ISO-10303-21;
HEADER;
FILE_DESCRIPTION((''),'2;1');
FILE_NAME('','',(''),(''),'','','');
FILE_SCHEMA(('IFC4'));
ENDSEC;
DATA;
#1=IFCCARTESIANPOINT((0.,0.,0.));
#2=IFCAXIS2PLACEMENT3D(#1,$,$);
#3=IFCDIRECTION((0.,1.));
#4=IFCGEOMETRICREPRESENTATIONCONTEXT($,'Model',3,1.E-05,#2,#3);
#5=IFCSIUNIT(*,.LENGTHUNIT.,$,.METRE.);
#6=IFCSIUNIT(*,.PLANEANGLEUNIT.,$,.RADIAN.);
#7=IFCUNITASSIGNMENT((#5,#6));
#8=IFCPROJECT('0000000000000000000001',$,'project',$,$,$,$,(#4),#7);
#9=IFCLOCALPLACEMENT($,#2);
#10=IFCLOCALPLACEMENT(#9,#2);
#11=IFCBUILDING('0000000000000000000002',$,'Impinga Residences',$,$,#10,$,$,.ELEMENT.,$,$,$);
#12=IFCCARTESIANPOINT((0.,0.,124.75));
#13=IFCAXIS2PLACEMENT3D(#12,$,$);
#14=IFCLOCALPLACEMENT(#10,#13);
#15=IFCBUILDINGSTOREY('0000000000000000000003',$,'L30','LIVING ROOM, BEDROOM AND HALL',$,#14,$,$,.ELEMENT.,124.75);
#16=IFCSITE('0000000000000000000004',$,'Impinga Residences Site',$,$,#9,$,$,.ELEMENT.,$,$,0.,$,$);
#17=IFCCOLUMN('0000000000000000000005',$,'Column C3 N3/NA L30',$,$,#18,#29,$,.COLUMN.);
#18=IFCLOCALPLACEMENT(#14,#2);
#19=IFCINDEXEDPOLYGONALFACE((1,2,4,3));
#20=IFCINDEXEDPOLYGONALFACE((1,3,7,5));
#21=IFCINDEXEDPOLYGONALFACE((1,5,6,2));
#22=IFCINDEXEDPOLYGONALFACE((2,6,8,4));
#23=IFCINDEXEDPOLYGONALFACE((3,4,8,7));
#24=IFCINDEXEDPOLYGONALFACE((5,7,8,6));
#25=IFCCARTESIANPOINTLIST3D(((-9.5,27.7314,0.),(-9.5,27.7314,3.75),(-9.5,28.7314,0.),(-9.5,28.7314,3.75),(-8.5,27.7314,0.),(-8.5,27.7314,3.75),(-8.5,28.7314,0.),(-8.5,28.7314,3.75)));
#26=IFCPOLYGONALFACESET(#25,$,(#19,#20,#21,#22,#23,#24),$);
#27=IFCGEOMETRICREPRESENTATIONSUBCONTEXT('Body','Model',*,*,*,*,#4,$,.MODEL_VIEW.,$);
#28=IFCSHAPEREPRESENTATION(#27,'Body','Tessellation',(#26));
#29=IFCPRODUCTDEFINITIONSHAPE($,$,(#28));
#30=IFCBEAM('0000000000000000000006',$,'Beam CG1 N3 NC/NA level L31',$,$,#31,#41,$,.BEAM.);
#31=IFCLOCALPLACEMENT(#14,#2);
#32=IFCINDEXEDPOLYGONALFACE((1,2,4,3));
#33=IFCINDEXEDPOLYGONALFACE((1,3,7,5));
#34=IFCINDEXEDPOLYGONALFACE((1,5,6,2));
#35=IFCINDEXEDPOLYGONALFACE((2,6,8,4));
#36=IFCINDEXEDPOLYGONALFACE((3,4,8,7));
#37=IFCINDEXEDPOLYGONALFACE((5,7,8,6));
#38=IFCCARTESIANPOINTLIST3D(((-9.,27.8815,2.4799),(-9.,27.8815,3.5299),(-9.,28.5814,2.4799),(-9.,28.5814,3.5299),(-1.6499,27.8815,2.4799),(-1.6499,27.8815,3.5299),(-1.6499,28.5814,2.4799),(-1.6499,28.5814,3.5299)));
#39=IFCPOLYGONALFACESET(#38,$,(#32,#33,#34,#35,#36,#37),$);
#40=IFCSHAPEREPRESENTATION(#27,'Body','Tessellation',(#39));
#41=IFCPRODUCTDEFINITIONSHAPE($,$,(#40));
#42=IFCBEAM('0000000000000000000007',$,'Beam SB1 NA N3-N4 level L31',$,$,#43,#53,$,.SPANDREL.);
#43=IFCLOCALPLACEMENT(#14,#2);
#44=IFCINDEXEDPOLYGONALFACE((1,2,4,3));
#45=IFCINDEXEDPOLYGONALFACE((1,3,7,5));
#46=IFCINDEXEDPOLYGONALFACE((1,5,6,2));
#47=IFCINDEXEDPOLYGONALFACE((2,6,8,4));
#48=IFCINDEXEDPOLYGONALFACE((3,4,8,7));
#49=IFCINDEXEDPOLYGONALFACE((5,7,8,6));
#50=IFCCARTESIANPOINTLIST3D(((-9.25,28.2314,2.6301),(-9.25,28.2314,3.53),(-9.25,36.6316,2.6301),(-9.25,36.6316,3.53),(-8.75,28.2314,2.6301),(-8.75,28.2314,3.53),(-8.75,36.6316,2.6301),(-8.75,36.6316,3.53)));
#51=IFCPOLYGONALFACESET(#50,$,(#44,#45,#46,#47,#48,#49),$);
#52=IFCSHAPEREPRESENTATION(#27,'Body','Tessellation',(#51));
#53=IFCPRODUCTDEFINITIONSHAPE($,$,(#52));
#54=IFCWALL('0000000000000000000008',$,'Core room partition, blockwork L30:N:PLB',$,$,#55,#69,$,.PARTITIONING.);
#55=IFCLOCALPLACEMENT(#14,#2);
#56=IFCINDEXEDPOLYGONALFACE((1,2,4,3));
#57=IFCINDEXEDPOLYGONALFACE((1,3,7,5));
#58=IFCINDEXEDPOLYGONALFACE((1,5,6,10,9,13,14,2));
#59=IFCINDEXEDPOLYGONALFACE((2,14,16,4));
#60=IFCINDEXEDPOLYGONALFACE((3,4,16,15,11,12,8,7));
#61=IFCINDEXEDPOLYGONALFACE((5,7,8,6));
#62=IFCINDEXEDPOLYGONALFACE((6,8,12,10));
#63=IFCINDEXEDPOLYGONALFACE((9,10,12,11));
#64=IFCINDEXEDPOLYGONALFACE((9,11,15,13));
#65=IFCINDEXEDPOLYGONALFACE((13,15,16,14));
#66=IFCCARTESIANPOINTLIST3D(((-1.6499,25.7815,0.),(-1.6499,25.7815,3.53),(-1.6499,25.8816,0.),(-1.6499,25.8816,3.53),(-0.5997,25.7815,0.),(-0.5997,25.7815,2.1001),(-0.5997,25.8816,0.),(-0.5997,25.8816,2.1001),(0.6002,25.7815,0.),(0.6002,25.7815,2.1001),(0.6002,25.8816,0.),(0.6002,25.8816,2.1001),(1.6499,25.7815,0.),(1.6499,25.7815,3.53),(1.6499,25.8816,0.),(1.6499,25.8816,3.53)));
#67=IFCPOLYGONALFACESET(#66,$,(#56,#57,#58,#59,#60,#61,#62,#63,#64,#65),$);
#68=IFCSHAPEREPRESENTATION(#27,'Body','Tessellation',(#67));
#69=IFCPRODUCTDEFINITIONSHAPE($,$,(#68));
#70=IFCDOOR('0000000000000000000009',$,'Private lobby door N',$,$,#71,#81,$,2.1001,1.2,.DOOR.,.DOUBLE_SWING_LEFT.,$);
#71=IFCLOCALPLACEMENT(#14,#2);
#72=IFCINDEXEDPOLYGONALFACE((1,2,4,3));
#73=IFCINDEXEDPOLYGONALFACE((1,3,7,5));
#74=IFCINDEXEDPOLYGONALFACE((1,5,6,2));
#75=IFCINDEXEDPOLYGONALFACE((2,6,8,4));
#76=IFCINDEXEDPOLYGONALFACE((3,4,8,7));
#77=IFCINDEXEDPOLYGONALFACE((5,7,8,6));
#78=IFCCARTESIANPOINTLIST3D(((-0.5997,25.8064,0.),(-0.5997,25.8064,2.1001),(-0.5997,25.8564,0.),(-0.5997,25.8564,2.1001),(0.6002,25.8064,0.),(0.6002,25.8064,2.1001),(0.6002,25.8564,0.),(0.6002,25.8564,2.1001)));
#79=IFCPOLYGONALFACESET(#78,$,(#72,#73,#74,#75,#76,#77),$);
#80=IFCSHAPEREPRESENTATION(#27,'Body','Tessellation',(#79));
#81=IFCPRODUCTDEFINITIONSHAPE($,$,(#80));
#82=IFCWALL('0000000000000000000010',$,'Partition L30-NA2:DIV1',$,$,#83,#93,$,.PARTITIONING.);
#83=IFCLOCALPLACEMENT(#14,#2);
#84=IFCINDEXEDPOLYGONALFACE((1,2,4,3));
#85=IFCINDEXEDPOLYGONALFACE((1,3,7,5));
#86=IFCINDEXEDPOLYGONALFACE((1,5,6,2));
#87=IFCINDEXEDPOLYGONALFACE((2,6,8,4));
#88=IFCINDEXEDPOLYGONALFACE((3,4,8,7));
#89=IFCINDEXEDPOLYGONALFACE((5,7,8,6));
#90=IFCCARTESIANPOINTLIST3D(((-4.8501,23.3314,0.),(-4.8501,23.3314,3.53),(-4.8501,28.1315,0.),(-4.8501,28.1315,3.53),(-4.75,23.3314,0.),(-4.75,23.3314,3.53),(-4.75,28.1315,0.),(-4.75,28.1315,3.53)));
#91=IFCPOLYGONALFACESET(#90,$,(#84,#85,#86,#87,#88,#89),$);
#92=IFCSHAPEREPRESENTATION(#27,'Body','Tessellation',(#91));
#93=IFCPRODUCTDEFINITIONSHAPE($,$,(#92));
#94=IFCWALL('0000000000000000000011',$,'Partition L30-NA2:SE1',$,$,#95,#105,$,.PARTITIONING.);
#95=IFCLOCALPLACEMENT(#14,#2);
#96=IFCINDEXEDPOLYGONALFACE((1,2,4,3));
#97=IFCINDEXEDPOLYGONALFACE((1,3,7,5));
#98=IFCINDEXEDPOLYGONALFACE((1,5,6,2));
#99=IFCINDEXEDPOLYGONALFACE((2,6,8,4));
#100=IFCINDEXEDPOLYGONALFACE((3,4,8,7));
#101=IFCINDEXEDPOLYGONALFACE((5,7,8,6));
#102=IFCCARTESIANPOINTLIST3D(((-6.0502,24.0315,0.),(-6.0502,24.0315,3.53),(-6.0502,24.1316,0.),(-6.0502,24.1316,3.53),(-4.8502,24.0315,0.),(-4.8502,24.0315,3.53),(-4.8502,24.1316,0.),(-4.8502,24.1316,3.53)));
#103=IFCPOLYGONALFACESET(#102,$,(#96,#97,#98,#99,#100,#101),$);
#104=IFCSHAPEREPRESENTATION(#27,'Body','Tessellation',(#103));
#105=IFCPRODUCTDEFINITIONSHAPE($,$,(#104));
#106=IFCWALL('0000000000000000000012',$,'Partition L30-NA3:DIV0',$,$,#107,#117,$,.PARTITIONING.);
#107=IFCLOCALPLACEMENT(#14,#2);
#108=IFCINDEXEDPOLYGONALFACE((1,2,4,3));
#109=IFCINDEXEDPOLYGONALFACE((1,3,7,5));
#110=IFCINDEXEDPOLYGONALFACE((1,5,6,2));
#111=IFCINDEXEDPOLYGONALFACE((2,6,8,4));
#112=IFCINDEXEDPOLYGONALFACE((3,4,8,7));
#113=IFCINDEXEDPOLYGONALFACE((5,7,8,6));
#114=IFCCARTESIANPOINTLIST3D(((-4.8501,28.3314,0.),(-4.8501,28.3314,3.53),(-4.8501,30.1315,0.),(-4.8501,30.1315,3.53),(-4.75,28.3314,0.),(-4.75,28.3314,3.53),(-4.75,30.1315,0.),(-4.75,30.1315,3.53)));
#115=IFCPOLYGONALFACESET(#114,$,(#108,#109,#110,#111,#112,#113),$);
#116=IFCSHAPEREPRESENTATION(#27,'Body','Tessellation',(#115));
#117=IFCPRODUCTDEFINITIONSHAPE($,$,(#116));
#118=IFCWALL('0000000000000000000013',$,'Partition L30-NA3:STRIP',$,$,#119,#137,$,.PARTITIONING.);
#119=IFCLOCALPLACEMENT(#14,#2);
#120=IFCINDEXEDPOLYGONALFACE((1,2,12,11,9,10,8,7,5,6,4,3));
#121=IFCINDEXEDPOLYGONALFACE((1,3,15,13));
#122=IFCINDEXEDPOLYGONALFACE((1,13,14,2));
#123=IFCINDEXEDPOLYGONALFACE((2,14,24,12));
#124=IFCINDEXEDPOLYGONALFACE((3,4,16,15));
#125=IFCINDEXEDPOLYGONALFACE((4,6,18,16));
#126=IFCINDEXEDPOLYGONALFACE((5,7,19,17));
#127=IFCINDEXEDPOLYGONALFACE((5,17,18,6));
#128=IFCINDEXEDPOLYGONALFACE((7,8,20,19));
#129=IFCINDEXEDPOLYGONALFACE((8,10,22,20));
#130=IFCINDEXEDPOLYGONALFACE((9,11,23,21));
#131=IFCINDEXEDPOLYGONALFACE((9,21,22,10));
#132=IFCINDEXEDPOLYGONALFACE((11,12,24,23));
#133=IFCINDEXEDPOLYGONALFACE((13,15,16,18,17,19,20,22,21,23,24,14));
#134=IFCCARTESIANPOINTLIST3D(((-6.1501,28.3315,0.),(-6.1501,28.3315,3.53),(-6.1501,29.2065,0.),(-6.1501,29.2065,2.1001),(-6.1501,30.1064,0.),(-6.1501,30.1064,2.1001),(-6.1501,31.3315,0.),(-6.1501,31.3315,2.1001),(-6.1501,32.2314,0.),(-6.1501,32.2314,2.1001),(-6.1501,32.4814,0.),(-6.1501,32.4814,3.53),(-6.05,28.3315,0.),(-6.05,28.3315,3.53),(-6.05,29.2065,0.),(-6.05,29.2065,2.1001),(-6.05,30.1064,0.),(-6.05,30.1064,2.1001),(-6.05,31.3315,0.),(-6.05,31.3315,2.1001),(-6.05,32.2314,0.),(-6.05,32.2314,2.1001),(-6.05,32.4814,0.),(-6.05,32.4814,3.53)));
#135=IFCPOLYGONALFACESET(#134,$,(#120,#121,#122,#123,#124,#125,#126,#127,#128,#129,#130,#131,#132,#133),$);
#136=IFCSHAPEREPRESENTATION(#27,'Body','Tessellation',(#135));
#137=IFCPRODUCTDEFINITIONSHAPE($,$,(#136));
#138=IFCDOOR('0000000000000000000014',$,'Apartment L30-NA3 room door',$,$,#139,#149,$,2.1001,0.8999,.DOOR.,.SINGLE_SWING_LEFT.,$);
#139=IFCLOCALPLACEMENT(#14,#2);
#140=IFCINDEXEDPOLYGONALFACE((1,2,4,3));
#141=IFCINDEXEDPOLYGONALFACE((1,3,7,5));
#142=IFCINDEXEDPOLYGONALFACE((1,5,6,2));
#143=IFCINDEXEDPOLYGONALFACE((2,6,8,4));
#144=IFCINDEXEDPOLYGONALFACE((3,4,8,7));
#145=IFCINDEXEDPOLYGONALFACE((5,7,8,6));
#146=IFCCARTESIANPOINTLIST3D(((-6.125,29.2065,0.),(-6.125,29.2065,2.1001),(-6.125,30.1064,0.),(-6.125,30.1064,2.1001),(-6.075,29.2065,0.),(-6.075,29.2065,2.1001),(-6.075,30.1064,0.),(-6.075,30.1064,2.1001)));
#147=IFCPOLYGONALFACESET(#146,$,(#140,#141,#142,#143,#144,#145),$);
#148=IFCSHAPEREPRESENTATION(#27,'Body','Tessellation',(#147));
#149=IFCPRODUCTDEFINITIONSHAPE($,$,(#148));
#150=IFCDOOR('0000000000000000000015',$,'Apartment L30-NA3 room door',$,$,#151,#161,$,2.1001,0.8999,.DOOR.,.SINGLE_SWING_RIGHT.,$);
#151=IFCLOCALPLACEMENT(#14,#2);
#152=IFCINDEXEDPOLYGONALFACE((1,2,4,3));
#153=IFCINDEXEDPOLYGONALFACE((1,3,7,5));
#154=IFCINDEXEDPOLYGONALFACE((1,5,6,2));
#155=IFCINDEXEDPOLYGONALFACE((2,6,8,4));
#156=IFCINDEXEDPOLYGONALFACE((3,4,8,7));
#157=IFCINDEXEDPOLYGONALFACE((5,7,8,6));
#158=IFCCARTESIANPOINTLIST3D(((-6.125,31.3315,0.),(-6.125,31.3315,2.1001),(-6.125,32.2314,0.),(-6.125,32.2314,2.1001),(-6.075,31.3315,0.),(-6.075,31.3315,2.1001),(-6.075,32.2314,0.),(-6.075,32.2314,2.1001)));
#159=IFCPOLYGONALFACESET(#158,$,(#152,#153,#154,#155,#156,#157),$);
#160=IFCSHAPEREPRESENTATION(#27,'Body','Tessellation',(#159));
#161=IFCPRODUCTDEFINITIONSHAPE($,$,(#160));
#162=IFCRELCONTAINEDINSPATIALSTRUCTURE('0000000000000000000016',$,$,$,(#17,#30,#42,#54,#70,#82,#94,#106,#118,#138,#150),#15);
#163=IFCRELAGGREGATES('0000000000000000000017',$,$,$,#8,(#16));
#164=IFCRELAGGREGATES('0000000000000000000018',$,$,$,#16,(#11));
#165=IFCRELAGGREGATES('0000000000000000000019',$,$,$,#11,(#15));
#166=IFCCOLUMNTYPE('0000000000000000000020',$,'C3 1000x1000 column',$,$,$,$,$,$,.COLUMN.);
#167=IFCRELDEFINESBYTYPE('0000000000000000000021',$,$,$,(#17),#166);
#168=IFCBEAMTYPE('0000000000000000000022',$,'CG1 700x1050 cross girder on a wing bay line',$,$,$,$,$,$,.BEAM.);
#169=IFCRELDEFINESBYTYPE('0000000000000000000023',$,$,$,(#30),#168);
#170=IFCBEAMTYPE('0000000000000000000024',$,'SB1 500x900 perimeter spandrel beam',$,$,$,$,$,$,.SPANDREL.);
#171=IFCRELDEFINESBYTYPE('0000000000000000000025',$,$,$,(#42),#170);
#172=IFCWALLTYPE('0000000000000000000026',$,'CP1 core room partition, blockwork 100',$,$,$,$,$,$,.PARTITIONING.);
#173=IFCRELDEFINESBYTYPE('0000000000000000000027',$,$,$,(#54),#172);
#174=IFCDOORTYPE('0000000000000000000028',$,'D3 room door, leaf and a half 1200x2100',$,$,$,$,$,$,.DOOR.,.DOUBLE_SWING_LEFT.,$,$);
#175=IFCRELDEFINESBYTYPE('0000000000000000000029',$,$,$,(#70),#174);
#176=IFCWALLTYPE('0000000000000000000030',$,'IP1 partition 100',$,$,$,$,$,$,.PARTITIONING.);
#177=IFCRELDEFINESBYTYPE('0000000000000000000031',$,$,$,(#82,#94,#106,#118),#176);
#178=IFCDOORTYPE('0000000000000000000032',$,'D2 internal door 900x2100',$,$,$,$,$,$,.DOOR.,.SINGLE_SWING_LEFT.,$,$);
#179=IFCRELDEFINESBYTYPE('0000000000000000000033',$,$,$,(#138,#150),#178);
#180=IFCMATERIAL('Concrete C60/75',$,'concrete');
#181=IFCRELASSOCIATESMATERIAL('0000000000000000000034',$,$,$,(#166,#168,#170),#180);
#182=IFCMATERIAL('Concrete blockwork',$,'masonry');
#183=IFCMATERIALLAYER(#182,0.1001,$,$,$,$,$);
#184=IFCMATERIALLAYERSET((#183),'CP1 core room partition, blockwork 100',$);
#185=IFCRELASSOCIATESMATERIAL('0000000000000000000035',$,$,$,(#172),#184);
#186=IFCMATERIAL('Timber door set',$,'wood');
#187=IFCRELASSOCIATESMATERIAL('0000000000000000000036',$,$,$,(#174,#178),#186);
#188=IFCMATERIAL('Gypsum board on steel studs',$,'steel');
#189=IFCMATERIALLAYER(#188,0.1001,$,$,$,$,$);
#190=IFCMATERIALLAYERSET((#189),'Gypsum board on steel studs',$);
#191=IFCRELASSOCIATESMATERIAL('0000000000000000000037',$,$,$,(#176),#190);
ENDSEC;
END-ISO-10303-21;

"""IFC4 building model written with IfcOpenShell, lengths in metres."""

from ifc_helpers import new_model, si_unit, direction, frame, frame_2d, origin, origin_2d, place, context, subcontext, project, spatial, rectangle, extrude, material, layer, layer_set, material_profile, profile_set, type_object, element, fill, save


model = new_model("IFC4")

# Units and contexts
model_context = context("Model", 3, precision=1e-05, world=origin(), true_north=direction((0.0, 1.0)))
body_context = subcontext(model_context, "Body", "Model", "MODEL_VIEW")
ifc_project = project(units=[si_unit("LENGTHUNIT", "METRE"), si_unit("PLANEANGLEUNIT", "RADIAN")], contexts=[model_context])

# Site, building, storey
site_placement = place(None, origin())
site = spatial("IfcSite", under=ifc_project, at=site_placement, Name="Impinga Residences Site", CompositionType="ELEMENT", RefElevation=0.0)
building_placement = place(site_placement, origin())
building = spatial("IfcBuilding", under=site, at=building_placement, Name="Impinga Residences", CompositionType="ELEMENT")
storey_placement = place(building_placement, frame((0.0, 0.0, 124.75)))
storey = spatial("IfcBuildingStorey", under=building, at=storey_placement, Name="L30", Description="LIVING ROOM, BEDROOM AND HALL", CompositionType="ELEMENT", Elevation=124.75)

# Column
ifc_material_1 = material(Name="Concrete C60/75", Category="concrete")
ifc_material_profile_1 = material_profile(ifc_material_1, rectangle(XDim=1.0, YDim=1.0, at=origin_2d()), Name="RC 1000x1000")
ifc_profile_set_1 = profile_set([ifc_material_profile_1], Name="Concrete C60/75")
column_type = type_object("IfcColumnType", Name="C3 1000x1000 column", PredefinedType="COLUMN", material=ifc_profile_set_1)
column_placement = place(storey_placement, frame((-9.0, 28.2314, 0.0), z_axis=(0.0, 0.0, 1.0), x_axis=(1.0, 0.0, 0.0)))
element("IfcColumn", 1, at=column_placement, inside=storey, type_object=column_type, Name="Column C3 N3/NA L30", PredefinedType="COLUMN", context=body_context, shape_type="SweptSolid", body=[
    extrude(rectangle(XDim=1.0, YDim=1.0, at=origin_2d()), origin(), (0.0, 0.0, 1.0), 3.75),
])

# Beams
ifc_material_profile_2 = material_profile(ifc_material_1, rectangle(XDim=0.7, YDim=1.05, at=origin_2d()), Name="RC 700x1050")
ifc_profile_set_2 = profile_set([ifc_material_profile_2], Name="Concrete C60/75")
beam_type_1 = type_object("IfcBeamType", Name="CG1 700x1050 cross girder on a wing bay line", PredefinedType="BEAM", material=ifc_profile_set_2)
beam_1_placement = place(storey_placement, frame((-1.6499, 28.2314, 3.0049), z_axis=(-1.0, 0.0, 0.0), x_axis=(0.0, -1.0, 0.0)))
element("IfcBeam", 2, at=beam_1_placement, inside=storey, type_object=beam_type_1, Name="Beam CG1 N3 NC/NA level L31", PredefinedType="BEAM", context=body_context, shape_type="SweptSolid", body=[
    extrude(rectangle(XDim=0.7, YDim=1.05, at=origin_2d()), origin(), (0.0, 0.0, 1.0), 7.3501),
])
ifc_material_profile_3 = material_profile(ifc_material_1, rectangle(XDim=0.5, YDim=0.8999, at=origin_2d()), Name="RC 500x900")
ifc_profile_set_3 = profile_set([ifc_material_profile_3], Name="Concrete C60/75")
beam_type_2 = type_object("IfcBeamType", Name="SB1 500x900 perimeter spandrel beam", PredefinedType="SPANDREL", material=ifc_profile_set_3)
beam_2_placement = place(storey_placement, frame((-9.0, 28.2314, 3.0801), z_axis=(0.0, 1.0, 0.0), x_axis=(-1.0, 0.0, 0.0)))
element("IfcBeam", 3, at=beam_2_placement, inside=storey, type_object=beam_type_2, Name="Beam SB1 NA N3-N4 level L31", PredefinedType="SPANDREL", context=body_context, shape_type="SweptSolid", body=[
    extrude(rectangle(XDim=0.5, YDim=0.8999, at=origin_2d()), origin(), (0.0, 0.0, 1.0), 8.4001),
])

# Wall, opening, door
ifc_material_2 = material(Name="Concrete blockwork", Category="masonry")
ifc_layer_1 = layer(ifc_material_2, 0.1001)
ifc_layer_set_1 = layer_set([ifc_layer_1], Name="CP1 core room partition, blockwork 100")
wall_type_1 = type_object("IfcWallType", Name="CP1 core room partition, blockwork 100", PredefinedType="PARTITIONING", material=ifc_layer_set_1)
wall_1_placement = place(storey_placement, frame((-1.6499, 25.8315, 0.0), z_axis=(0.0, 0.0, 1.0), x_axis=(1.0, 0.0, 0.0)))
wall_1 = element("IfcWall", 4, at=wall_1_placement, inside=storey, type_object=wall_type_1, Name="Core room partition, blockwork L30:N:PLB", PredefinedType="PARTITIONING", context=body_context, shape_type="SweptSolid", body=[
    extrude(rectangle(XDim=3.2998, YDim=0.1001, at=frame_2d((1.6499, 0.0))), origin(), (0.0, 0.0, 1.0), 3.53),
])
opening_1_placement = place(wall_1_placement, frame((1.05, 0.0, 0.0)))
opening_1 = element("IfcOpeningElement", 5, at=opening_1_placement, cuts=wall_1, PredefinedType="OPENING", context=body_context, shape_type="SweptSolid", body=[
    extrude(rectangle(XDim=1.2, YDim=2.1001, at=frame_2d((0.6001, 1.05))), frame((0.0, 0.0601, 0.0), z_axis=(0.0, -1.0, 0.0), x_axis=(1.0, 0.0, 0.0)), (0.0, 0.0, 1.0), 0.1201),
])
ifc_material_3 = material(Name="Timber door set", Category="wood")
door_type_1 = type_object("IfcDoorType", Name="D3 room door, leaf and a half 1200x2100", OperationType="DOUBLE_SWING_LEFT", PredefinedType="DOOR", material=ifc_material_3)
door_1_placement = place(opening_1_placement, origin())
door_1 = element("IfcDoor", 6, at=door_1_placement, inside=storey, type_object=door_type_1, Name="Private lobby door N", OperationType="DOUBLE_SWING_LEFT", OverallHeight=2.1001, OverallWidth=1.2, PredefinedType="DOOR", context=body_context, shape_type="SweptSolid", body=[
    extrude(rectangle(XDim=1.2, YDim=2.1001, at=frame_2d((0.6001, 1.05))), frame((0.0, 0.0249, 0.0), z_axis=(0.0, -1.0, 0.0), x_axis=(1.0, 0.0, 0.0)), (0.0, 0.0, 1.0), 0.05),
])
fill(opening_1, door_1)

# Walls
ifc_material_4 = material(Name="Gypsum board on steel studs", Category="steel")
ifc_layer_2 = layer(ifc_material_4, 0.1001)
ifc_layer_set_2 = layer_set([ifc_layer_2], Name="Gypsum board on steel studs")
wall_type_2 = type_object("IfcWallType", Name="IP1 partition 100", PredefinedType="PARTITIONING", material=ifc_layer_set_2)
wall_2_placement = place(storey_placement, frame((-4.8, 23.3315, 0.0), z_axis=(0.0, 0.0, 1.0), x_axis=(0.0, 1.0, 0.0)))
element("IfcWall", 7, at=wall_2_placement, inside=storey, type_object=wall_type_2, Name="Partition L30-NA2:DIV1", PredefinedType="PARTITIONING", context=body_context, shape_type="SweptSolid", body=[
    extrude(rectangle(XDim=4.8, YDim=0.1001, at=frame_2d((2.3999, 0.0))), origin(), (0.0, 0.0, 1.0), 3.53),
])
wall_3_placement = place(storey_placement, frame((-4.8501, 24.0815, 0.0), z_axis=(0.0, 0.0, 1.0), x_axis=(-1.0, 0.0, 0.0)))
element("IfcWall", 8, at=wall_3_placement, inside=storey, type_object=wall_type_2, Name="Partition L30-NA2:SE1", PredefinedType="PARTITIONING", context=body_context, shape_type="SweptSolid", body=[
    extrude(rectangle(XDim=1.2, YDim=0.1001, at=frame_2d((0.6001, 0.0))), origin(), (0.0, 0.0, 1.0), 3.53),
])
wall_4_placement = place(storey_placement, frame((-4.8, 28.3315, 0.0), z_axis=(0.0, 0.0, 1.0), x_axis=(0.0, 1.0, 0.0)))
element("IfcWall", 9, at=wall_4_placement, inside=storey, type_object=wall_type_2, Name="Partition L30-NA3:DIV0", PredefinedType="PARTITIONING", context=body_context, shape_type="SweptSolid", body=[
    extrude(rectangle(XDim=1.8, YDim=0.1001, at=frame_2d((0.8999, 0.0))), origin(), (0.0, 0.0, 1.0), 3.53),
])

# Wall, openings, doors
wall_5_placement = place(storey_placement, frame((-6.1001, 28.3315, 0.0), z_axis=(0.0, 0.0, 1.0), x_axis=(0.0, 1.0, 0.0)))
wall_5 = element("IfcWall", 10, at=wall_5_placement, inside=storey, type_object=wall_type_2, Name="Partition L30-NA3:STRIP", PredefinedType="PARTITIONING", context=body_context, shape_type="SweptSolid", body=[
    extrude(rectangle(XDim=4.1499, YDim=0.1001, at=frame_2d((2.075, 0.0))), origin(), (0.0, 0.0, 1.0), 3.53),
])
opening_2_placement = place(wall_5_placement, frame((0.875, 0.0, 0.0)))
opening_2 = element("IfcOpeningElement", 11, at=opening_2_placement, cuts=wall_5, PredefinedType="OPENING", context=body_context, shape_type="SweptSolid", body=[
    extrude(rectangle(XDim=0.8999, YDim=2.1001, at=frame_2d((0.45, 1.05))), frame((0.0, 0.0601, 0.0), z_axis=(0.0, -1.0, 0.0), x_axis=(1.0, 0.0, 0.0)), (0.0, 0.0, 1.0), 0.1201),
])
opening_3_placement = place(wall_5_placement, frame((3.0, 0.0, 0.0)))
opening_3 = element("IfcOpeningElement", 12, at=opening_3_placement, cuts=wall_5, PredefinedType="OPENING", context=body_context, shape_type="SweptSolid", body=[
    extrude(rectangle(XDim=0.8999, YDim=2.1001, at=frame_2d((0.45, 1.05))), frame((0.0, 0.0601, 0.0), z_axis=(0.0, -1.0, 0.0), x_axis=(1.0, 0.0, 0.0)), (0.0, 0.0, 1.0), 0.1201),
])
door_type_2 = type_object("IfcDoorType", Name="D2 internal door 900x2100", OperationType="SINGLE_SWING_LEFT", PredefinedType="DOOR", material=ifc_material_3)
door_2_placement = place(opening_2_placement, origin())
door_2 = element("IfcDoor", 13, at=door_2_placement, inside=storey, type_object=door_type_2, Name="Apartment L30-NA3 room door", OperationType="SINGLE_SWING_LEFT", OverallHeight=2.1001, OverallWidth=0.8999, PredefinedType="DOOR", context=body_context, shape_type="SweptSolid", body=[
    extrude(rectangle(XDim=0.8999, YDim=2.1001, at=frame_2d((0.45, 1.05))), frame((0.0, 0.0249, 0.0), z_axis=(0.0, -1.0, 0.0), x_axis=(1.0, 0.0, 0.0)), (0.0, 0.0, 1.0), 0.05),
])
fill(opening_2, door_2)
door_3_placement = place(opening_3_placement, origin())
door_3 = element("IfcDoor", 14, at=door_3_placement, inside=storey, type_object=door_type_2, Name="Apartment L30-NA3 room door", OperationType="SINGLE_SWING_RIGHT", OverallHeight=2.1001, OverallWidth=0.8999, PredefinedType="DOOR", context=body_context, shape_type="SweptSolid", body=[
    extrude(rectangle(XDim=0.8999, YDim=2.1001, at=frame_2d((0.45, 1.05))), frame((0.0, 0.0249, 0.0), z_axis=(0.0, -1.0, 0.0), x_axis=(1.0, 0.0, 0.0)), (0.0, 0.0, 1.0), 0.05),
])
fill(opening_3, door_3)

save(model, "model.ifc")
